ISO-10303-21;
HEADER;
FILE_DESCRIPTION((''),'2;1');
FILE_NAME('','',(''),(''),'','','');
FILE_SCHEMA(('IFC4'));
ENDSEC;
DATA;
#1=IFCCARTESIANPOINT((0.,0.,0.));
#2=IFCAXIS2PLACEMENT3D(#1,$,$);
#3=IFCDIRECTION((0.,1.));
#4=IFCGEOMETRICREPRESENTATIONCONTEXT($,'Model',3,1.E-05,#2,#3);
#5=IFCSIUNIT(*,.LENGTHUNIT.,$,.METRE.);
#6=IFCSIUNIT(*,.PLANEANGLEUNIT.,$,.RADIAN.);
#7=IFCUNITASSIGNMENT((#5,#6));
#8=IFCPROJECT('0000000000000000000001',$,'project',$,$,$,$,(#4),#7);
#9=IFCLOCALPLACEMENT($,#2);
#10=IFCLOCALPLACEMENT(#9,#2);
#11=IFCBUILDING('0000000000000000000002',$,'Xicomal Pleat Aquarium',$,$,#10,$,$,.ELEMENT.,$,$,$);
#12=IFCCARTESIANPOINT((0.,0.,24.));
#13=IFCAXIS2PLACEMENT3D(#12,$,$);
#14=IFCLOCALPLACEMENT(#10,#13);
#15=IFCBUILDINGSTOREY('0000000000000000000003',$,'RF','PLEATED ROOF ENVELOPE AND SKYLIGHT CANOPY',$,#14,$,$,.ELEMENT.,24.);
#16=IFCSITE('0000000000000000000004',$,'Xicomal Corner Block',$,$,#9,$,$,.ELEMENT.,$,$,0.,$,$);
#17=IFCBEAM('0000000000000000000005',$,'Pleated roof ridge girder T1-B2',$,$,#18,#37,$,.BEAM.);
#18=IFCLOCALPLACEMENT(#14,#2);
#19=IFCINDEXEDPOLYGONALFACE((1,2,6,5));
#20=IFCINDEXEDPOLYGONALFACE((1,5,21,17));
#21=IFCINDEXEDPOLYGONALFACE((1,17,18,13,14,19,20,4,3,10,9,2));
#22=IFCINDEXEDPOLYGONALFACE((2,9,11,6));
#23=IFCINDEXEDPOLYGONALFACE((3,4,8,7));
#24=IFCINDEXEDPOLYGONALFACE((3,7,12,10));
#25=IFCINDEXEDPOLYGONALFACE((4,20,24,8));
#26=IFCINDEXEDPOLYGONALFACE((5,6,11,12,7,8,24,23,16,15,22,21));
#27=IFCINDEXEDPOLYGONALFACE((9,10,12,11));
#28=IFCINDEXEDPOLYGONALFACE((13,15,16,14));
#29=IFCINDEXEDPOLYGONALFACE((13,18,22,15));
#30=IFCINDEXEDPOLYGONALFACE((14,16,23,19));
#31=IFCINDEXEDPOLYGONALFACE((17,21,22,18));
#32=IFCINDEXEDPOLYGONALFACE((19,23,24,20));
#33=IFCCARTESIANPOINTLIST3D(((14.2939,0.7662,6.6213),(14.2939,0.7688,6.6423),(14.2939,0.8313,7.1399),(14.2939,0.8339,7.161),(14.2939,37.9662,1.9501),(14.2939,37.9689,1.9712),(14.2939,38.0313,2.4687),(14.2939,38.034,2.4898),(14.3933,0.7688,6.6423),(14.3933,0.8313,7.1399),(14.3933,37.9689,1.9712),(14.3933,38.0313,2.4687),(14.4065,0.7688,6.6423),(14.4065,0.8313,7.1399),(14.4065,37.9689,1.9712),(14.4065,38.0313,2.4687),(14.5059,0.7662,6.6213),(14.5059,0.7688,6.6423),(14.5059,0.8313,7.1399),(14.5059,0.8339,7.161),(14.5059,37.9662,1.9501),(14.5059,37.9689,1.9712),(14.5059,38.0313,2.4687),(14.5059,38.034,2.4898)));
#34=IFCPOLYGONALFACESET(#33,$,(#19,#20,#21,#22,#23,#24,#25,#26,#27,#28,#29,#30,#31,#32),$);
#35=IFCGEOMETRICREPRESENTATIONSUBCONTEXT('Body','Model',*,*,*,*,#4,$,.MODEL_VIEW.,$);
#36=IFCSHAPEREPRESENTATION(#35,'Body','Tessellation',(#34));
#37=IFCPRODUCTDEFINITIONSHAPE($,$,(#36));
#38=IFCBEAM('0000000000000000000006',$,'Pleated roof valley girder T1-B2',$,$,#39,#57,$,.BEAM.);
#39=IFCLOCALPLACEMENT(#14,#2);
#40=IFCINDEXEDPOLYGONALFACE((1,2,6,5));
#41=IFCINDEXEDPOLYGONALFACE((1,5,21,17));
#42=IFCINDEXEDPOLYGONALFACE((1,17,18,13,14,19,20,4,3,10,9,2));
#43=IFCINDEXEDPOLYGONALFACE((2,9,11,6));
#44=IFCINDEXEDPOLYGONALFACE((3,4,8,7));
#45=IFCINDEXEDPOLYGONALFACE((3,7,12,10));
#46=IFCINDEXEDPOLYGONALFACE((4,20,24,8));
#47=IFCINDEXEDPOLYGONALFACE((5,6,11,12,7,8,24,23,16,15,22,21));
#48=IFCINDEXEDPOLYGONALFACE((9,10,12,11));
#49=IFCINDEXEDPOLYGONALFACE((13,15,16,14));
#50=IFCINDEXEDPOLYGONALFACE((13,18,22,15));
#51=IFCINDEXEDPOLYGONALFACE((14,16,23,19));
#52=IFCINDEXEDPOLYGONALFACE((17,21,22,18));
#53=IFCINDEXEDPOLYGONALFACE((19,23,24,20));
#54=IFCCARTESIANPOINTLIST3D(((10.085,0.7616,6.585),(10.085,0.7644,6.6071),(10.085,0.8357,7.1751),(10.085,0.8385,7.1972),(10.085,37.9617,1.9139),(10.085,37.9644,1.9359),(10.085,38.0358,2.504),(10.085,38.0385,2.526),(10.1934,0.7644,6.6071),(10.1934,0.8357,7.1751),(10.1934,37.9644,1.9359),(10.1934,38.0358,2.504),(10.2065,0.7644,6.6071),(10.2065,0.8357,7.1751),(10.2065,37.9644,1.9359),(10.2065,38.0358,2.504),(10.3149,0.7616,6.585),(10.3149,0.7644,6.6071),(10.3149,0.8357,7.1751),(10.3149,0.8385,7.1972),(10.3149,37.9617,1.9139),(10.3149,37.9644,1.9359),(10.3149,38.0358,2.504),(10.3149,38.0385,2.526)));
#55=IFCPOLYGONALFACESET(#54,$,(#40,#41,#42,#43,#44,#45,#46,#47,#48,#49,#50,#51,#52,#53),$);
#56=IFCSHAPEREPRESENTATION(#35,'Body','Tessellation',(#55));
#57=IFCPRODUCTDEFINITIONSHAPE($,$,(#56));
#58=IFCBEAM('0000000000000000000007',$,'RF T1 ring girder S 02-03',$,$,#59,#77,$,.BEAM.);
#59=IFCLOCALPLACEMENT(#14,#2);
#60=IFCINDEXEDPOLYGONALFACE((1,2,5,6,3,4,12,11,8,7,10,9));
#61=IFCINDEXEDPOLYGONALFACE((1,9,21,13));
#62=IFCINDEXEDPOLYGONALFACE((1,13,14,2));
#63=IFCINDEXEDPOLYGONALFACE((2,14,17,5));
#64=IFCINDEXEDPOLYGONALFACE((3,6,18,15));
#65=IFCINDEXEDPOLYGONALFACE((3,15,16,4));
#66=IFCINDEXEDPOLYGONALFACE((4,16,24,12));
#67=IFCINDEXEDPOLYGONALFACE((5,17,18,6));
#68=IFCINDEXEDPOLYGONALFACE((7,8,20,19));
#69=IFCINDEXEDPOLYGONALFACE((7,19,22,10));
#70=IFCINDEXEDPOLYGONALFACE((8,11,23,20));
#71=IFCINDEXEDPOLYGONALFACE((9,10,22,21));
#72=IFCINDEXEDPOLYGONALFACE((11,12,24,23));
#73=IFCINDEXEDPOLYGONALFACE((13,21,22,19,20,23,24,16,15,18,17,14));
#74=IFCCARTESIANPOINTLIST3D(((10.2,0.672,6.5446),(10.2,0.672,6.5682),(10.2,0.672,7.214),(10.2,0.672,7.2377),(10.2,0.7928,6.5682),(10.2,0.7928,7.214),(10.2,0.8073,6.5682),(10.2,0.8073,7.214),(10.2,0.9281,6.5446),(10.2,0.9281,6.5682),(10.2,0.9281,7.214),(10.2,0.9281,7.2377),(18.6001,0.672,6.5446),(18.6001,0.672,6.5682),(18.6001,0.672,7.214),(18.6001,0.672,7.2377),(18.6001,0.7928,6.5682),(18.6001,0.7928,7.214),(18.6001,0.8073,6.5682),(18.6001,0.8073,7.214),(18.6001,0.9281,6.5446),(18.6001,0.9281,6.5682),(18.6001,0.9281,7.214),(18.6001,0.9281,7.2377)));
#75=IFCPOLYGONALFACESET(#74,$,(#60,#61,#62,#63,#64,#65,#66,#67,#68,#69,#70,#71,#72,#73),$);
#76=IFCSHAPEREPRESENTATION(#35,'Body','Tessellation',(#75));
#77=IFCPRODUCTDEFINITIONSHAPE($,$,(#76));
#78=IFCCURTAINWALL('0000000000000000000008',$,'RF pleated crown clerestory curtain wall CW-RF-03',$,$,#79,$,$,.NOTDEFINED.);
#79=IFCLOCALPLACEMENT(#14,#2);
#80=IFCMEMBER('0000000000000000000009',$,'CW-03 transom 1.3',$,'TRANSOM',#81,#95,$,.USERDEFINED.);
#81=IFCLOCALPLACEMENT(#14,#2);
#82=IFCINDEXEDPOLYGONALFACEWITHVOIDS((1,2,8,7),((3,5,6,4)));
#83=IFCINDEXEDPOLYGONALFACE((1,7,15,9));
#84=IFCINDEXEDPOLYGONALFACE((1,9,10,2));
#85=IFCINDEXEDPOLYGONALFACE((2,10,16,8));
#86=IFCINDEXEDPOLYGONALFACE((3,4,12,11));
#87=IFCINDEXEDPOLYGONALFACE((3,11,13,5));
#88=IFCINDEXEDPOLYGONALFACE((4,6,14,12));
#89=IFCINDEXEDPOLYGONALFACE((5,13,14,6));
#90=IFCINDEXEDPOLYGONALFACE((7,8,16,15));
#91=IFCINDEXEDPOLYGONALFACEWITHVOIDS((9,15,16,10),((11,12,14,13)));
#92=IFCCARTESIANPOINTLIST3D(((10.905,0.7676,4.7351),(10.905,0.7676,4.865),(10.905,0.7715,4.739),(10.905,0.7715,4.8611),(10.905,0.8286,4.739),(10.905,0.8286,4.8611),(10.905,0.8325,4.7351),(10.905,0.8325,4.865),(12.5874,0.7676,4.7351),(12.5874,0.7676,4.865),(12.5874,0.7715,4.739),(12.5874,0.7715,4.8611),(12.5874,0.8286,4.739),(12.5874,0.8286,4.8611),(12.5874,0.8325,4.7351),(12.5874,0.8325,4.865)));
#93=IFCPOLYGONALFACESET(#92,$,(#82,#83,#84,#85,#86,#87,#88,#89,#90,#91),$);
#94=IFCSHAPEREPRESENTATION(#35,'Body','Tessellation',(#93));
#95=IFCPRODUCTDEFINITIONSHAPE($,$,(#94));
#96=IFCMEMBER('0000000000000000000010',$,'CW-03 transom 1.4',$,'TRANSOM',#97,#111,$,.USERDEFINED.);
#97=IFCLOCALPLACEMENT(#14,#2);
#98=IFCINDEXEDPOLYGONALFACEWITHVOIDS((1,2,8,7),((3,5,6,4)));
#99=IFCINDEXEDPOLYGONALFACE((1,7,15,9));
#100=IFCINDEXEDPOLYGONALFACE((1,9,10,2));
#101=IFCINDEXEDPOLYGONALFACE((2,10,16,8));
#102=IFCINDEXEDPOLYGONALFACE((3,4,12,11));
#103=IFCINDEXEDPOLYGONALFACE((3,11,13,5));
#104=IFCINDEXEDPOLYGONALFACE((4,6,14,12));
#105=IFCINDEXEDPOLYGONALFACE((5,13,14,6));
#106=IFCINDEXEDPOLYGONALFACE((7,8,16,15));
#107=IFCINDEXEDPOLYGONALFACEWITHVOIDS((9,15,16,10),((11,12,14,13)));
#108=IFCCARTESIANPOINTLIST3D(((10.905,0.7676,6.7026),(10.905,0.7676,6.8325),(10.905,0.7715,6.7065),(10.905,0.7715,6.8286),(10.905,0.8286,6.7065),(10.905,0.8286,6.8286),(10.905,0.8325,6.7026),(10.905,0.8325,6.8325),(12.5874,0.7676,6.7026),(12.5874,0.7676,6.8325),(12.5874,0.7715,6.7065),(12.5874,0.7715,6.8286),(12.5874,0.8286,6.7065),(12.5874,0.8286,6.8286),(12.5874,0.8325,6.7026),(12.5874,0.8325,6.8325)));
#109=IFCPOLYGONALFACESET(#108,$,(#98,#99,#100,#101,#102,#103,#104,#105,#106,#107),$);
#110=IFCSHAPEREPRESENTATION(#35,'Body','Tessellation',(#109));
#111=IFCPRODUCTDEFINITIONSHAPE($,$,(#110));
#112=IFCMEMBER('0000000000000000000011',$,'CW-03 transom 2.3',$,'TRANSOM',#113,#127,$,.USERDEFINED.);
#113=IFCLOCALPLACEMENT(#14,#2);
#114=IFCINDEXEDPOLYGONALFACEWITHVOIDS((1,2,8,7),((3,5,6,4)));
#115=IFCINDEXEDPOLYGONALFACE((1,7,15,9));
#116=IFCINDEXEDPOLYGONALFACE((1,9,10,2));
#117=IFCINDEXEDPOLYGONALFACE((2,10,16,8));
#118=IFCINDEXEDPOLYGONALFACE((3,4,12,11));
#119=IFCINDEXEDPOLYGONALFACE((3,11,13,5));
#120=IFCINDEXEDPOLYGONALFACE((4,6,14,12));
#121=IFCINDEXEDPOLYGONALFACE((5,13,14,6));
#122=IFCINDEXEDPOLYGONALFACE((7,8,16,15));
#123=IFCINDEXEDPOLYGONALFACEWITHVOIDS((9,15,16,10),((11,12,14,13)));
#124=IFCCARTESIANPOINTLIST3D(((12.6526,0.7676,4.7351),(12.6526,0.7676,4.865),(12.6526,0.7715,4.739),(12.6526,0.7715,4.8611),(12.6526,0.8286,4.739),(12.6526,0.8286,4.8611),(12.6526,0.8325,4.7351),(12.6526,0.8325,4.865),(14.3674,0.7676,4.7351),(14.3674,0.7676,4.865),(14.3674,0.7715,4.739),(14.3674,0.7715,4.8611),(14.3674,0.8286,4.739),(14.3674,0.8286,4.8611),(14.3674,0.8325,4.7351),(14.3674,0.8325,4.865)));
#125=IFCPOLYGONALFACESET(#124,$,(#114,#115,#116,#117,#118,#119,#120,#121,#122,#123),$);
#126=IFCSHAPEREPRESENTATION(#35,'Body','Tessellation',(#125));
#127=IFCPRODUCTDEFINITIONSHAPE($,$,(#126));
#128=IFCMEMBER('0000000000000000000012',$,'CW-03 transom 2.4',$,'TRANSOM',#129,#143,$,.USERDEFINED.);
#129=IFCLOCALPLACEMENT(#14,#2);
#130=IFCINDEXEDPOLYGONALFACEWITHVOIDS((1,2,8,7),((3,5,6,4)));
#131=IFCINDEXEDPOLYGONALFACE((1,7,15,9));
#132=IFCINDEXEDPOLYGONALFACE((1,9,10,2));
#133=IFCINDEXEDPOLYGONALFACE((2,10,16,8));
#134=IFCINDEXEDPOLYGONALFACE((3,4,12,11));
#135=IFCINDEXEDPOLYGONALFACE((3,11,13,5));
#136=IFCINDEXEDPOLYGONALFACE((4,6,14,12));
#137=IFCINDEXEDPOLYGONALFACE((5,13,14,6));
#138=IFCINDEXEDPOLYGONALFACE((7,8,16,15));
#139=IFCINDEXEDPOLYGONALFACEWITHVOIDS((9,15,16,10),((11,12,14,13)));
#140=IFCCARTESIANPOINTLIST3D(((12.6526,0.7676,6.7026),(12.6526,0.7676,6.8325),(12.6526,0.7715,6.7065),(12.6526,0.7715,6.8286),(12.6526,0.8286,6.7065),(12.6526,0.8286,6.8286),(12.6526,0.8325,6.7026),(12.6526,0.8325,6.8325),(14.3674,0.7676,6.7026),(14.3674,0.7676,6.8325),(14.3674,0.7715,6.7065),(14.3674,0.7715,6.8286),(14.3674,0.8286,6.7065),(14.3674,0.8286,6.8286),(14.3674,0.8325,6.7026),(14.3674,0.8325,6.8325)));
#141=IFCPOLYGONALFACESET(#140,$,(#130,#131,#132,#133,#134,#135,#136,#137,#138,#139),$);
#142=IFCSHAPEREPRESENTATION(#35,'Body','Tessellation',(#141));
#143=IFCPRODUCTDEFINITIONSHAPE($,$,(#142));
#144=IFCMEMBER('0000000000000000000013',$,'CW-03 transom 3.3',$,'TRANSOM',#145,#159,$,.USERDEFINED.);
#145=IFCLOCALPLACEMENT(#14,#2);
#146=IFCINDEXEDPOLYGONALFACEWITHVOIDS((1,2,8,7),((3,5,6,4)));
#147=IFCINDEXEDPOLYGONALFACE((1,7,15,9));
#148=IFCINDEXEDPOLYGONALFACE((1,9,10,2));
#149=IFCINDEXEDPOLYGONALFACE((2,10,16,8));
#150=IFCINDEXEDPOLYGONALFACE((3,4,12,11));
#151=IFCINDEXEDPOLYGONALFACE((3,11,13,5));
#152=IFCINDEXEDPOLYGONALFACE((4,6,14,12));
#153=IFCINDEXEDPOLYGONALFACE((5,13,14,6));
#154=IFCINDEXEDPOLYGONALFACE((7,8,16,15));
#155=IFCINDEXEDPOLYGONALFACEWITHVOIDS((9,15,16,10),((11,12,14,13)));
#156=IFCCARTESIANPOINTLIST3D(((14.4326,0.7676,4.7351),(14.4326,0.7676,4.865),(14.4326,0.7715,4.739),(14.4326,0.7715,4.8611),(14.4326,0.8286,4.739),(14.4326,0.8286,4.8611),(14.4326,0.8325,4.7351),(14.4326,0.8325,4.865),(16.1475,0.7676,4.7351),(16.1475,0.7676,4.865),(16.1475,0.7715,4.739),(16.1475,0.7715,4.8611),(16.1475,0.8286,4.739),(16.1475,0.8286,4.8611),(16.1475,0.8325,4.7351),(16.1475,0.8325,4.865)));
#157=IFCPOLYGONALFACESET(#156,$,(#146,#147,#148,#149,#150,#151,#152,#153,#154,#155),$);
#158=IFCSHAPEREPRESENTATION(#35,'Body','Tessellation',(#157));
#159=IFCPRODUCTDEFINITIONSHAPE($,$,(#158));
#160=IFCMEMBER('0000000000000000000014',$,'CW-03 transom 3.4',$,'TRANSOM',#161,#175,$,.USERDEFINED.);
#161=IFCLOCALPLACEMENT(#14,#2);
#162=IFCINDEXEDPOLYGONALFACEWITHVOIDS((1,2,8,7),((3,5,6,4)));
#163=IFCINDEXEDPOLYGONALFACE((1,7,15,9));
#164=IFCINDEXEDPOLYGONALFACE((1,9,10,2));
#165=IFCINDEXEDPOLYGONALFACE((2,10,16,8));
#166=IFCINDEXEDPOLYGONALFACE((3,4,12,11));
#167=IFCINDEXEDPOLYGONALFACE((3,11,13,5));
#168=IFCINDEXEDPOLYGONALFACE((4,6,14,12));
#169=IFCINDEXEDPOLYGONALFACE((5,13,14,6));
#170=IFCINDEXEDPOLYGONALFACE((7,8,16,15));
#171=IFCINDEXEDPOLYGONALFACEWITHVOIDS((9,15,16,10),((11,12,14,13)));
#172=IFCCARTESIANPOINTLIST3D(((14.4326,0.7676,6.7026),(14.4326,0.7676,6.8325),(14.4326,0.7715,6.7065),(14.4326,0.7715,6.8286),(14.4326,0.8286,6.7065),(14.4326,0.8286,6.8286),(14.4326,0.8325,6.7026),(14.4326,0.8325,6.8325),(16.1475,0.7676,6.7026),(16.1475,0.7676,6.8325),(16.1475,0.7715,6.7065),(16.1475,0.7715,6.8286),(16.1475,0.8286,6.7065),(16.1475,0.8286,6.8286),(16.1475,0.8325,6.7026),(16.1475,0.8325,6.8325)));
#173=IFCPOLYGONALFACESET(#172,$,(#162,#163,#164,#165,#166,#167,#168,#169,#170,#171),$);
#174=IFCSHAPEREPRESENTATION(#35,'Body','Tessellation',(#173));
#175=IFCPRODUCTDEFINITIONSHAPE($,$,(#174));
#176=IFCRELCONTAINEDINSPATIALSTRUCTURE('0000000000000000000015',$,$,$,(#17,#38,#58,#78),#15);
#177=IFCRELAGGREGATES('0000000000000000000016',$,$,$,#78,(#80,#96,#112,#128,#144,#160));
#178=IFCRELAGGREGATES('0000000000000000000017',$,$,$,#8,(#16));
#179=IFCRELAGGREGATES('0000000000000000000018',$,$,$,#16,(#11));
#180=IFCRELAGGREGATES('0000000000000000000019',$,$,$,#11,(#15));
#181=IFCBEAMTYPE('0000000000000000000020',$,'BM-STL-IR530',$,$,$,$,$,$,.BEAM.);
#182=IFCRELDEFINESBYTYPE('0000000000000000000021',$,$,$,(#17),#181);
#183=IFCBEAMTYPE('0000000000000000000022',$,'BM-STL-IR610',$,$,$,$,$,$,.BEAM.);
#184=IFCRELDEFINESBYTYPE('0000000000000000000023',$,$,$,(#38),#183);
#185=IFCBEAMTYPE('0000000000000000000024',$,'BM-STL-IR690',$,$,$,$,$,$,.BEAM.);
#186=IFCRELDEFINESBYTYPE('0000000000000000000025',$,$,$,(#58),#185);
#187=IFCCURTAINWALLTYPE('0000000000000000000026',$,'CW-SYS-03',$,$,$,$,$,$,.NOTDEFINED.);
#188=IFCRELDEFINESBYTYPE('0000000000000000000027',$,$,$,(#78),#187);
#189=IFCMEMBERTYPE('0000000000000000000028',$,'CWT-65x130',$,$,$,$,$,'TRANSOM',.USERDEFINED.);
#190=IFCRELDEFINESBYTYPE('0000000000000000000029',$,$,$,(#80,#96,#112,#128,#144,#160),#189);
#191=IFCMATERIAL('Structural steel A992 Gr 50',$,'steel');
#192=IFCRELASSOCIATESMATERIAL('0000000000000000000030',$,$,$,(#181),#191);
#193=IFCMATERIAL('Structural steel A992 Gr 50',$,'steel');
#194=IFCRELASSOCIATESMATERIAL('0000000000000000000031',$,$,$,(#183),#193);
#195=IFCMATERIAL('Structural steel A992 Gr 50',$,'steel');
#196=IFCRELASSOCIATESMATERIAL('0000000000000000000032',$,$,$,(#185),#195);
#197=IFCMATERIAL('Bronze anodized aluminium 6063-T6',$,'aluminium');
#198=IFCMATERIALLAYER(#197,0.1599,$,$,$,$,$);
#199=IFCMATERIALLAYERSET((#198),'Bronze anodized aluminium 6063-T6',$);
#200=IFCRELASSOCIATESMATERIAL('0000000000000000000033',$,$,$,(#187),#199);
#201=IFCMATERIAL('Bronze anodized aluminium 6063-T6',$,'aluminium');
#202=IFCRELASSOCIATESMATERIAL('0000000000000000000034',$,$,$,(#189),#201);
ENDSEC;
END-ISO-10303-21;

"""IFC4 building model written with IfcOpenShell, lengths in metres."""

from ifc_helpers import new_model, si_unit, direction, frame, origin, origin_2d, place, context, subcontext, project, spatial, hollow_rectangle, i_section, extrude, material, layer, layer_set, material_profile, profile_set, type_object, element, aggregate, save


model = new_model("IFC4")

# Units and contexts
model_context = context("Model", 3, precision=1e-05, world=origin(), true_north=direction((0.0, 1.0)))
body_context = subcontext(model_context, "Body", "Model", "MODEL_VIEW")
ifc_project = project(units=[si_unit("LENGTHUNIT", "METRE"), si_unit("PLANEANGLEUNIT", "RADIAN")], contexts=[model_context])

# Site, building, storey
site_placement = place(None, origin())
site = spatial("IfcSite", under=ifc_project, at=site_placement, Name="Xicomal Corner Block", CompositionType="ELEMENT", RefElevation=0.0)
building_placement = place(site_placement, origin())
building = spatial("IfcBuilding", under=site, at=building_placement, Name="Xicomal Pleat Aquarium", CompositionType="ELEMENT")
storey_placement = place(building_placement, frame((0.0, 0.0, 24.0)))
storey = spatial("IfcBuildingStorey", under=building, at=storey_placement, Name="RF", Description="PLEATED ROOF ENVELOPE AND SKYLIGHT CANOPY", CompositionType="ELEMENT", Elevation=24.0)

# Beams
ifc_material_1 = material(Name="Structural steel A992 Gr 50", Category="steel")
ifc_material_profile_1 = material_profile(ifc_material_1, i_section(OverallWidth=0.2119, OverallDepth=0.5439, WebThickness=0.0132, FlangeThickness=0.0212, at=origin_2d()), Name="IR 530x123")
ifc_profile_set_1 = profile_set([ifc_material_profile_1], Name="Structural steel A992 Gr 50")
beam_type_1 = type_object("IfcBeamType", Name="BM-STL-IR530", PredefinedType="BEAM", material=ifc_profile_set_1)
beam_1_placement = place(storey_placement, frame((14.3999, 0.8, 6.8911), z_axis=(0.0, 0.992208, -0.12459), x_axis=(-1.0, 0.0, 0.0)))
element("IfcBeam", 1, at=beam_1_placement, inside=storey, type_object=beam_type_1, Name="Pleated roof ridge girder T1-B2", PredefinedType="BEAM", context=body_context, shape_type="SweptSolid", body=[
    extrude(i_section(OverallWidth=0.2119, OverallDepth=0.5439, WebThickness=0.0132, FlangeThickness=0.0212, at=origin_2d()), origin(), (0.0, 0.0, 1.0), 37.4922),
])
ifc_material_2 = material(Name="Structural steel A992 Gr 50", Category="steel")
ifc_material_profile_2 = material_profile(ifc_material_2, i_section(OverallWidth=0.23, OverallDepth=0.6169, WebThickness=0.0132, FlangeThickness=0.0222, at=origin_2d()), Name="IR 610x140")
ifc_profile_set_2 = profile_set([ifc_material_profile_2], Name="Structural steel A992 Gr 50")
beam_type_2 = type_object("IfcBeamType", Name="BM-STL-IR610", PredefinedType="BEAM", material=ifc_profile_set_2)
beam_2_placement = place(storey_placement, frame((10.2, 0.8, 6.8911), z_axis=(0.0, 0.992208, -0.12459), x_axis=(-1.0, 0.0, 0.0)))
element("IfcBeam", 2, at=beam_2_placement, inside=storey, type_object=beam_type_2, Name="Pleated roof valley girder T1-B2", PredefinedType="BEAM", context=body_context, shape_type="SweptSolid", body=[
    extrude(i_section(OverallWidth=0.23, OverallDepth=0.6169, WebThickness=0.0132, FlangeThickness=0.0222, at=origin_2d()), origin(), (0.0, 0.0, 1.0), 37.4922),
])
ifc_material_3 = material(Name="Structural steel A992 Gr 50", Category="steel")
ifc_material_profile_3 = material_profile(ifc_material_3, i_section(OverallWidth=0.2561, OverallDepth=0.6931, WebThickness=0.0144, FlangeThickness=0.0237, at=origin_2d()), Name="IR 690x170")
ifc_profile_set_3 = profile_set([ifc_material_profile_3], Name="Structural steel A992 Gr 50")
beam_type_3 = type_object("IfcBeamType", Name="BM-STL-IR690", PredefinedType="BEAM", material=ifc_profile_set_3)
beam_3_placement = place(storey_placement, frame((10.2, 0.8, 6.8911), z_axis=(1.0, 0.0, 0.0), x_axis=(0.0, 1.0, 0.0)))
element("IfcBeam", 3, at=beam_3_placement, inside=storey, type_object=beam_type_3, Name="RF T1 ring girder S 02-03", PredefinedType="BEAM", context=body_context, shape_type="SweptSolid", body=[
    extrude(i_section(OverallWidth=0.2561, OverallDepth=0.6931, WebThickness=0.0144, FlangeThickness=0.0237, at=origin_2d()), origin(), (0.0, 0.0, 1.0), 8.4001),
])

# Curtain wall, members
ifc_material_4 = material(Name="Bronze anodized aluminium 6063-T6", Category="aluminium")
ifc_layer_1 = layer(ifc_material_4, 0.1599)
ifc_layer_set_1 = layer_set([ifc_layer_1], Name="Bronze anodized aluminium 6063-T6")
curtain_wall_type = type_object("IfcCurtainWallType", Name="CW-SYS-03", PredefinedType="NOTDEFINED", material=ifc_layer_set_1)
curtain_wall_placement = place(storey_placement, origin())
curtain_wall = element("IfcCurtainWall", 4, at=curtain_wall_placement, inside=storey, type_object=curtain_wall_type, Name="RF pleated crown clerestory curtain wall CW-RF-03", PredefinedType="NOTDEFINED")
ifc_material_5 = material(Name="Bronze anodized aluminium 6063-T6", Category="aluminium")
ifc_material_profile_4 = material_profile(ifc_material_5, hollow_rectangle(XDim=0.0649, YDim=0.1299, WallThickness=0.0039, at=origin_2d()), Name="ALU TRAN 65x130")
ifc_profile_set_4 = profile_set([ifc_material_profile_4], Name="Bronze anodized aluminium 6063-T6")
member_type_1 = type_object("IfcMemberType", Name="CWT-65x130", ElementType="TRANSOM", PredefinedType="USERDEFINED", material=ifc_profile_set_4)
member_1_placement = place(storey_placement, frame((10.905, 0.8, 4.8), z_axis=(1.0, 0.0, 0.0), x_axis=(0.0, 1.0, 0.0)))
member_1 = element("IfcMember", 5, at=member_1_placement, type_object=member_type_1, Name="CW-03 transom 1.3", ObjectType="TRANSOM", PredefinedType="USERDEFINED", context=body_context, shape_type="SweptSolid", body=[
    extrude(hollow_rectangle(XDim=0.0649, YDim=0.1299, WallThickness=0.0039, at=origin_2d()), origin(), (0.0, 0.0, 1.0), 1.6824),
])
member_2_placement = place(storey_placement, frame((10.905, 0.8, 6.7676), z_axis=(1.0, 0.0, 0.0), x_axis=(0.0, 1.0, 0.0)))
member_2 = element("IfcMember", 6, at=member_2_placement, type_object=member_type_1, Name="CW-03 transom 1.4", ObjectType="TRANSOM", PredefinedType="USERDEFINED", context=body_context, shape_type="SweptSolid", body=[
    extrude(hollow_rectangle(XDim=0.0649, YDim=0.1299, WallThickness=0.0039, at=origin_2d()), origin(), (0.0, 0.0, 1.0), 1.6824),
])
member_3_placement = place(storey_placement, frame((12.6526, 0.8, 4.8), z_axis=(1.0, 0.0, 0.0), x_axis=(0.0, 1.0, 0.0)))
member_3 = element("IfcMember", 7, at=member_3_placement, type_object=member_type_1, Name="CW-03 transom 2.3", ObjectType="TRANSOM", PredefinedType="USERDEFINED", context=body_context, shape_type="SweptSolid", body=[
    extrude(hollow_rectangle(XDim=0.0649, YDim=0.1299, WallThickness=0.0039, at=origin_2d()), origin(), (0.0, 0.0, 1.0), 1.7148),
])
member_4_placement = place(storey_placement, frame((12.6526, 0.8, 6.7676), z_axis=(1.0, 0.0, 0.0), x_axis=(0.0, 1.0, 0.0)))
member_4 = element("IfcMember", 8, at=member_4_placement, type_object=member_type_1, Name="CW-03 transom 2.4", ObjectType="TRANSOM", PredefinedType="USERDEFINED", context=body_context, shape_type="SweptSolid", body=[
    extrude(hollow_rectangle(XDim=0.0649, YDim=0.1299, WallThickness=0.0039, at=origin_2d()), origin(), (0.0, 0.0, 1.0), 1.7148),
])
member_5_placement = place(storey_placement, frame((14.4326, 0.8, 4.8), z_axis=(1.0, 0.0, 0.0), x_axis=(0.0, 1.0, 0.0)))
member_5 = element("IfcMember", 9, at=member_5_placement, type_object=member_type_1, Name="CW-03 transom 3.3", ObjectType="TRANSOM", PredefinedType="USERDEFINED", context=body_context, shape_type="SweptSolid", body=[
    extrude(hollow_rectangle(XDim=0.0649, YDim=0.1299, WallThickness=0.0039, at=origin_2d()), origin(), (0.0, 0.0, 1.0), 1.7148),
])
member_6_placement = place(storey_placement, frame((14.4326, 0.8, 6.7676), z_axis=(1.0, 0.0, 0.0), x_axis=(0.0, 1.0, 0.0)))
member_6 = element("IfcMember", 10, at=member_6_placement, type_object=member_type_1, Name="CW-03 transom 3.4", ObjectType="TRANSOM", PredefinedType="USERDEFINED", context=body_context, shape_type="SweptSolid", body=[
    extrude(hollow_rectangle(XDim=0.0649, YDim=0.1299, WallThickness=0.0039, at=origin_2d()), origin(), (0.0, 0.0, 1.0), 1.7148),
])

aggregate(curtain_wall, [member_1, member_2, member_3, member_4, member_5, member_6])

save(model, "model.ifc")
